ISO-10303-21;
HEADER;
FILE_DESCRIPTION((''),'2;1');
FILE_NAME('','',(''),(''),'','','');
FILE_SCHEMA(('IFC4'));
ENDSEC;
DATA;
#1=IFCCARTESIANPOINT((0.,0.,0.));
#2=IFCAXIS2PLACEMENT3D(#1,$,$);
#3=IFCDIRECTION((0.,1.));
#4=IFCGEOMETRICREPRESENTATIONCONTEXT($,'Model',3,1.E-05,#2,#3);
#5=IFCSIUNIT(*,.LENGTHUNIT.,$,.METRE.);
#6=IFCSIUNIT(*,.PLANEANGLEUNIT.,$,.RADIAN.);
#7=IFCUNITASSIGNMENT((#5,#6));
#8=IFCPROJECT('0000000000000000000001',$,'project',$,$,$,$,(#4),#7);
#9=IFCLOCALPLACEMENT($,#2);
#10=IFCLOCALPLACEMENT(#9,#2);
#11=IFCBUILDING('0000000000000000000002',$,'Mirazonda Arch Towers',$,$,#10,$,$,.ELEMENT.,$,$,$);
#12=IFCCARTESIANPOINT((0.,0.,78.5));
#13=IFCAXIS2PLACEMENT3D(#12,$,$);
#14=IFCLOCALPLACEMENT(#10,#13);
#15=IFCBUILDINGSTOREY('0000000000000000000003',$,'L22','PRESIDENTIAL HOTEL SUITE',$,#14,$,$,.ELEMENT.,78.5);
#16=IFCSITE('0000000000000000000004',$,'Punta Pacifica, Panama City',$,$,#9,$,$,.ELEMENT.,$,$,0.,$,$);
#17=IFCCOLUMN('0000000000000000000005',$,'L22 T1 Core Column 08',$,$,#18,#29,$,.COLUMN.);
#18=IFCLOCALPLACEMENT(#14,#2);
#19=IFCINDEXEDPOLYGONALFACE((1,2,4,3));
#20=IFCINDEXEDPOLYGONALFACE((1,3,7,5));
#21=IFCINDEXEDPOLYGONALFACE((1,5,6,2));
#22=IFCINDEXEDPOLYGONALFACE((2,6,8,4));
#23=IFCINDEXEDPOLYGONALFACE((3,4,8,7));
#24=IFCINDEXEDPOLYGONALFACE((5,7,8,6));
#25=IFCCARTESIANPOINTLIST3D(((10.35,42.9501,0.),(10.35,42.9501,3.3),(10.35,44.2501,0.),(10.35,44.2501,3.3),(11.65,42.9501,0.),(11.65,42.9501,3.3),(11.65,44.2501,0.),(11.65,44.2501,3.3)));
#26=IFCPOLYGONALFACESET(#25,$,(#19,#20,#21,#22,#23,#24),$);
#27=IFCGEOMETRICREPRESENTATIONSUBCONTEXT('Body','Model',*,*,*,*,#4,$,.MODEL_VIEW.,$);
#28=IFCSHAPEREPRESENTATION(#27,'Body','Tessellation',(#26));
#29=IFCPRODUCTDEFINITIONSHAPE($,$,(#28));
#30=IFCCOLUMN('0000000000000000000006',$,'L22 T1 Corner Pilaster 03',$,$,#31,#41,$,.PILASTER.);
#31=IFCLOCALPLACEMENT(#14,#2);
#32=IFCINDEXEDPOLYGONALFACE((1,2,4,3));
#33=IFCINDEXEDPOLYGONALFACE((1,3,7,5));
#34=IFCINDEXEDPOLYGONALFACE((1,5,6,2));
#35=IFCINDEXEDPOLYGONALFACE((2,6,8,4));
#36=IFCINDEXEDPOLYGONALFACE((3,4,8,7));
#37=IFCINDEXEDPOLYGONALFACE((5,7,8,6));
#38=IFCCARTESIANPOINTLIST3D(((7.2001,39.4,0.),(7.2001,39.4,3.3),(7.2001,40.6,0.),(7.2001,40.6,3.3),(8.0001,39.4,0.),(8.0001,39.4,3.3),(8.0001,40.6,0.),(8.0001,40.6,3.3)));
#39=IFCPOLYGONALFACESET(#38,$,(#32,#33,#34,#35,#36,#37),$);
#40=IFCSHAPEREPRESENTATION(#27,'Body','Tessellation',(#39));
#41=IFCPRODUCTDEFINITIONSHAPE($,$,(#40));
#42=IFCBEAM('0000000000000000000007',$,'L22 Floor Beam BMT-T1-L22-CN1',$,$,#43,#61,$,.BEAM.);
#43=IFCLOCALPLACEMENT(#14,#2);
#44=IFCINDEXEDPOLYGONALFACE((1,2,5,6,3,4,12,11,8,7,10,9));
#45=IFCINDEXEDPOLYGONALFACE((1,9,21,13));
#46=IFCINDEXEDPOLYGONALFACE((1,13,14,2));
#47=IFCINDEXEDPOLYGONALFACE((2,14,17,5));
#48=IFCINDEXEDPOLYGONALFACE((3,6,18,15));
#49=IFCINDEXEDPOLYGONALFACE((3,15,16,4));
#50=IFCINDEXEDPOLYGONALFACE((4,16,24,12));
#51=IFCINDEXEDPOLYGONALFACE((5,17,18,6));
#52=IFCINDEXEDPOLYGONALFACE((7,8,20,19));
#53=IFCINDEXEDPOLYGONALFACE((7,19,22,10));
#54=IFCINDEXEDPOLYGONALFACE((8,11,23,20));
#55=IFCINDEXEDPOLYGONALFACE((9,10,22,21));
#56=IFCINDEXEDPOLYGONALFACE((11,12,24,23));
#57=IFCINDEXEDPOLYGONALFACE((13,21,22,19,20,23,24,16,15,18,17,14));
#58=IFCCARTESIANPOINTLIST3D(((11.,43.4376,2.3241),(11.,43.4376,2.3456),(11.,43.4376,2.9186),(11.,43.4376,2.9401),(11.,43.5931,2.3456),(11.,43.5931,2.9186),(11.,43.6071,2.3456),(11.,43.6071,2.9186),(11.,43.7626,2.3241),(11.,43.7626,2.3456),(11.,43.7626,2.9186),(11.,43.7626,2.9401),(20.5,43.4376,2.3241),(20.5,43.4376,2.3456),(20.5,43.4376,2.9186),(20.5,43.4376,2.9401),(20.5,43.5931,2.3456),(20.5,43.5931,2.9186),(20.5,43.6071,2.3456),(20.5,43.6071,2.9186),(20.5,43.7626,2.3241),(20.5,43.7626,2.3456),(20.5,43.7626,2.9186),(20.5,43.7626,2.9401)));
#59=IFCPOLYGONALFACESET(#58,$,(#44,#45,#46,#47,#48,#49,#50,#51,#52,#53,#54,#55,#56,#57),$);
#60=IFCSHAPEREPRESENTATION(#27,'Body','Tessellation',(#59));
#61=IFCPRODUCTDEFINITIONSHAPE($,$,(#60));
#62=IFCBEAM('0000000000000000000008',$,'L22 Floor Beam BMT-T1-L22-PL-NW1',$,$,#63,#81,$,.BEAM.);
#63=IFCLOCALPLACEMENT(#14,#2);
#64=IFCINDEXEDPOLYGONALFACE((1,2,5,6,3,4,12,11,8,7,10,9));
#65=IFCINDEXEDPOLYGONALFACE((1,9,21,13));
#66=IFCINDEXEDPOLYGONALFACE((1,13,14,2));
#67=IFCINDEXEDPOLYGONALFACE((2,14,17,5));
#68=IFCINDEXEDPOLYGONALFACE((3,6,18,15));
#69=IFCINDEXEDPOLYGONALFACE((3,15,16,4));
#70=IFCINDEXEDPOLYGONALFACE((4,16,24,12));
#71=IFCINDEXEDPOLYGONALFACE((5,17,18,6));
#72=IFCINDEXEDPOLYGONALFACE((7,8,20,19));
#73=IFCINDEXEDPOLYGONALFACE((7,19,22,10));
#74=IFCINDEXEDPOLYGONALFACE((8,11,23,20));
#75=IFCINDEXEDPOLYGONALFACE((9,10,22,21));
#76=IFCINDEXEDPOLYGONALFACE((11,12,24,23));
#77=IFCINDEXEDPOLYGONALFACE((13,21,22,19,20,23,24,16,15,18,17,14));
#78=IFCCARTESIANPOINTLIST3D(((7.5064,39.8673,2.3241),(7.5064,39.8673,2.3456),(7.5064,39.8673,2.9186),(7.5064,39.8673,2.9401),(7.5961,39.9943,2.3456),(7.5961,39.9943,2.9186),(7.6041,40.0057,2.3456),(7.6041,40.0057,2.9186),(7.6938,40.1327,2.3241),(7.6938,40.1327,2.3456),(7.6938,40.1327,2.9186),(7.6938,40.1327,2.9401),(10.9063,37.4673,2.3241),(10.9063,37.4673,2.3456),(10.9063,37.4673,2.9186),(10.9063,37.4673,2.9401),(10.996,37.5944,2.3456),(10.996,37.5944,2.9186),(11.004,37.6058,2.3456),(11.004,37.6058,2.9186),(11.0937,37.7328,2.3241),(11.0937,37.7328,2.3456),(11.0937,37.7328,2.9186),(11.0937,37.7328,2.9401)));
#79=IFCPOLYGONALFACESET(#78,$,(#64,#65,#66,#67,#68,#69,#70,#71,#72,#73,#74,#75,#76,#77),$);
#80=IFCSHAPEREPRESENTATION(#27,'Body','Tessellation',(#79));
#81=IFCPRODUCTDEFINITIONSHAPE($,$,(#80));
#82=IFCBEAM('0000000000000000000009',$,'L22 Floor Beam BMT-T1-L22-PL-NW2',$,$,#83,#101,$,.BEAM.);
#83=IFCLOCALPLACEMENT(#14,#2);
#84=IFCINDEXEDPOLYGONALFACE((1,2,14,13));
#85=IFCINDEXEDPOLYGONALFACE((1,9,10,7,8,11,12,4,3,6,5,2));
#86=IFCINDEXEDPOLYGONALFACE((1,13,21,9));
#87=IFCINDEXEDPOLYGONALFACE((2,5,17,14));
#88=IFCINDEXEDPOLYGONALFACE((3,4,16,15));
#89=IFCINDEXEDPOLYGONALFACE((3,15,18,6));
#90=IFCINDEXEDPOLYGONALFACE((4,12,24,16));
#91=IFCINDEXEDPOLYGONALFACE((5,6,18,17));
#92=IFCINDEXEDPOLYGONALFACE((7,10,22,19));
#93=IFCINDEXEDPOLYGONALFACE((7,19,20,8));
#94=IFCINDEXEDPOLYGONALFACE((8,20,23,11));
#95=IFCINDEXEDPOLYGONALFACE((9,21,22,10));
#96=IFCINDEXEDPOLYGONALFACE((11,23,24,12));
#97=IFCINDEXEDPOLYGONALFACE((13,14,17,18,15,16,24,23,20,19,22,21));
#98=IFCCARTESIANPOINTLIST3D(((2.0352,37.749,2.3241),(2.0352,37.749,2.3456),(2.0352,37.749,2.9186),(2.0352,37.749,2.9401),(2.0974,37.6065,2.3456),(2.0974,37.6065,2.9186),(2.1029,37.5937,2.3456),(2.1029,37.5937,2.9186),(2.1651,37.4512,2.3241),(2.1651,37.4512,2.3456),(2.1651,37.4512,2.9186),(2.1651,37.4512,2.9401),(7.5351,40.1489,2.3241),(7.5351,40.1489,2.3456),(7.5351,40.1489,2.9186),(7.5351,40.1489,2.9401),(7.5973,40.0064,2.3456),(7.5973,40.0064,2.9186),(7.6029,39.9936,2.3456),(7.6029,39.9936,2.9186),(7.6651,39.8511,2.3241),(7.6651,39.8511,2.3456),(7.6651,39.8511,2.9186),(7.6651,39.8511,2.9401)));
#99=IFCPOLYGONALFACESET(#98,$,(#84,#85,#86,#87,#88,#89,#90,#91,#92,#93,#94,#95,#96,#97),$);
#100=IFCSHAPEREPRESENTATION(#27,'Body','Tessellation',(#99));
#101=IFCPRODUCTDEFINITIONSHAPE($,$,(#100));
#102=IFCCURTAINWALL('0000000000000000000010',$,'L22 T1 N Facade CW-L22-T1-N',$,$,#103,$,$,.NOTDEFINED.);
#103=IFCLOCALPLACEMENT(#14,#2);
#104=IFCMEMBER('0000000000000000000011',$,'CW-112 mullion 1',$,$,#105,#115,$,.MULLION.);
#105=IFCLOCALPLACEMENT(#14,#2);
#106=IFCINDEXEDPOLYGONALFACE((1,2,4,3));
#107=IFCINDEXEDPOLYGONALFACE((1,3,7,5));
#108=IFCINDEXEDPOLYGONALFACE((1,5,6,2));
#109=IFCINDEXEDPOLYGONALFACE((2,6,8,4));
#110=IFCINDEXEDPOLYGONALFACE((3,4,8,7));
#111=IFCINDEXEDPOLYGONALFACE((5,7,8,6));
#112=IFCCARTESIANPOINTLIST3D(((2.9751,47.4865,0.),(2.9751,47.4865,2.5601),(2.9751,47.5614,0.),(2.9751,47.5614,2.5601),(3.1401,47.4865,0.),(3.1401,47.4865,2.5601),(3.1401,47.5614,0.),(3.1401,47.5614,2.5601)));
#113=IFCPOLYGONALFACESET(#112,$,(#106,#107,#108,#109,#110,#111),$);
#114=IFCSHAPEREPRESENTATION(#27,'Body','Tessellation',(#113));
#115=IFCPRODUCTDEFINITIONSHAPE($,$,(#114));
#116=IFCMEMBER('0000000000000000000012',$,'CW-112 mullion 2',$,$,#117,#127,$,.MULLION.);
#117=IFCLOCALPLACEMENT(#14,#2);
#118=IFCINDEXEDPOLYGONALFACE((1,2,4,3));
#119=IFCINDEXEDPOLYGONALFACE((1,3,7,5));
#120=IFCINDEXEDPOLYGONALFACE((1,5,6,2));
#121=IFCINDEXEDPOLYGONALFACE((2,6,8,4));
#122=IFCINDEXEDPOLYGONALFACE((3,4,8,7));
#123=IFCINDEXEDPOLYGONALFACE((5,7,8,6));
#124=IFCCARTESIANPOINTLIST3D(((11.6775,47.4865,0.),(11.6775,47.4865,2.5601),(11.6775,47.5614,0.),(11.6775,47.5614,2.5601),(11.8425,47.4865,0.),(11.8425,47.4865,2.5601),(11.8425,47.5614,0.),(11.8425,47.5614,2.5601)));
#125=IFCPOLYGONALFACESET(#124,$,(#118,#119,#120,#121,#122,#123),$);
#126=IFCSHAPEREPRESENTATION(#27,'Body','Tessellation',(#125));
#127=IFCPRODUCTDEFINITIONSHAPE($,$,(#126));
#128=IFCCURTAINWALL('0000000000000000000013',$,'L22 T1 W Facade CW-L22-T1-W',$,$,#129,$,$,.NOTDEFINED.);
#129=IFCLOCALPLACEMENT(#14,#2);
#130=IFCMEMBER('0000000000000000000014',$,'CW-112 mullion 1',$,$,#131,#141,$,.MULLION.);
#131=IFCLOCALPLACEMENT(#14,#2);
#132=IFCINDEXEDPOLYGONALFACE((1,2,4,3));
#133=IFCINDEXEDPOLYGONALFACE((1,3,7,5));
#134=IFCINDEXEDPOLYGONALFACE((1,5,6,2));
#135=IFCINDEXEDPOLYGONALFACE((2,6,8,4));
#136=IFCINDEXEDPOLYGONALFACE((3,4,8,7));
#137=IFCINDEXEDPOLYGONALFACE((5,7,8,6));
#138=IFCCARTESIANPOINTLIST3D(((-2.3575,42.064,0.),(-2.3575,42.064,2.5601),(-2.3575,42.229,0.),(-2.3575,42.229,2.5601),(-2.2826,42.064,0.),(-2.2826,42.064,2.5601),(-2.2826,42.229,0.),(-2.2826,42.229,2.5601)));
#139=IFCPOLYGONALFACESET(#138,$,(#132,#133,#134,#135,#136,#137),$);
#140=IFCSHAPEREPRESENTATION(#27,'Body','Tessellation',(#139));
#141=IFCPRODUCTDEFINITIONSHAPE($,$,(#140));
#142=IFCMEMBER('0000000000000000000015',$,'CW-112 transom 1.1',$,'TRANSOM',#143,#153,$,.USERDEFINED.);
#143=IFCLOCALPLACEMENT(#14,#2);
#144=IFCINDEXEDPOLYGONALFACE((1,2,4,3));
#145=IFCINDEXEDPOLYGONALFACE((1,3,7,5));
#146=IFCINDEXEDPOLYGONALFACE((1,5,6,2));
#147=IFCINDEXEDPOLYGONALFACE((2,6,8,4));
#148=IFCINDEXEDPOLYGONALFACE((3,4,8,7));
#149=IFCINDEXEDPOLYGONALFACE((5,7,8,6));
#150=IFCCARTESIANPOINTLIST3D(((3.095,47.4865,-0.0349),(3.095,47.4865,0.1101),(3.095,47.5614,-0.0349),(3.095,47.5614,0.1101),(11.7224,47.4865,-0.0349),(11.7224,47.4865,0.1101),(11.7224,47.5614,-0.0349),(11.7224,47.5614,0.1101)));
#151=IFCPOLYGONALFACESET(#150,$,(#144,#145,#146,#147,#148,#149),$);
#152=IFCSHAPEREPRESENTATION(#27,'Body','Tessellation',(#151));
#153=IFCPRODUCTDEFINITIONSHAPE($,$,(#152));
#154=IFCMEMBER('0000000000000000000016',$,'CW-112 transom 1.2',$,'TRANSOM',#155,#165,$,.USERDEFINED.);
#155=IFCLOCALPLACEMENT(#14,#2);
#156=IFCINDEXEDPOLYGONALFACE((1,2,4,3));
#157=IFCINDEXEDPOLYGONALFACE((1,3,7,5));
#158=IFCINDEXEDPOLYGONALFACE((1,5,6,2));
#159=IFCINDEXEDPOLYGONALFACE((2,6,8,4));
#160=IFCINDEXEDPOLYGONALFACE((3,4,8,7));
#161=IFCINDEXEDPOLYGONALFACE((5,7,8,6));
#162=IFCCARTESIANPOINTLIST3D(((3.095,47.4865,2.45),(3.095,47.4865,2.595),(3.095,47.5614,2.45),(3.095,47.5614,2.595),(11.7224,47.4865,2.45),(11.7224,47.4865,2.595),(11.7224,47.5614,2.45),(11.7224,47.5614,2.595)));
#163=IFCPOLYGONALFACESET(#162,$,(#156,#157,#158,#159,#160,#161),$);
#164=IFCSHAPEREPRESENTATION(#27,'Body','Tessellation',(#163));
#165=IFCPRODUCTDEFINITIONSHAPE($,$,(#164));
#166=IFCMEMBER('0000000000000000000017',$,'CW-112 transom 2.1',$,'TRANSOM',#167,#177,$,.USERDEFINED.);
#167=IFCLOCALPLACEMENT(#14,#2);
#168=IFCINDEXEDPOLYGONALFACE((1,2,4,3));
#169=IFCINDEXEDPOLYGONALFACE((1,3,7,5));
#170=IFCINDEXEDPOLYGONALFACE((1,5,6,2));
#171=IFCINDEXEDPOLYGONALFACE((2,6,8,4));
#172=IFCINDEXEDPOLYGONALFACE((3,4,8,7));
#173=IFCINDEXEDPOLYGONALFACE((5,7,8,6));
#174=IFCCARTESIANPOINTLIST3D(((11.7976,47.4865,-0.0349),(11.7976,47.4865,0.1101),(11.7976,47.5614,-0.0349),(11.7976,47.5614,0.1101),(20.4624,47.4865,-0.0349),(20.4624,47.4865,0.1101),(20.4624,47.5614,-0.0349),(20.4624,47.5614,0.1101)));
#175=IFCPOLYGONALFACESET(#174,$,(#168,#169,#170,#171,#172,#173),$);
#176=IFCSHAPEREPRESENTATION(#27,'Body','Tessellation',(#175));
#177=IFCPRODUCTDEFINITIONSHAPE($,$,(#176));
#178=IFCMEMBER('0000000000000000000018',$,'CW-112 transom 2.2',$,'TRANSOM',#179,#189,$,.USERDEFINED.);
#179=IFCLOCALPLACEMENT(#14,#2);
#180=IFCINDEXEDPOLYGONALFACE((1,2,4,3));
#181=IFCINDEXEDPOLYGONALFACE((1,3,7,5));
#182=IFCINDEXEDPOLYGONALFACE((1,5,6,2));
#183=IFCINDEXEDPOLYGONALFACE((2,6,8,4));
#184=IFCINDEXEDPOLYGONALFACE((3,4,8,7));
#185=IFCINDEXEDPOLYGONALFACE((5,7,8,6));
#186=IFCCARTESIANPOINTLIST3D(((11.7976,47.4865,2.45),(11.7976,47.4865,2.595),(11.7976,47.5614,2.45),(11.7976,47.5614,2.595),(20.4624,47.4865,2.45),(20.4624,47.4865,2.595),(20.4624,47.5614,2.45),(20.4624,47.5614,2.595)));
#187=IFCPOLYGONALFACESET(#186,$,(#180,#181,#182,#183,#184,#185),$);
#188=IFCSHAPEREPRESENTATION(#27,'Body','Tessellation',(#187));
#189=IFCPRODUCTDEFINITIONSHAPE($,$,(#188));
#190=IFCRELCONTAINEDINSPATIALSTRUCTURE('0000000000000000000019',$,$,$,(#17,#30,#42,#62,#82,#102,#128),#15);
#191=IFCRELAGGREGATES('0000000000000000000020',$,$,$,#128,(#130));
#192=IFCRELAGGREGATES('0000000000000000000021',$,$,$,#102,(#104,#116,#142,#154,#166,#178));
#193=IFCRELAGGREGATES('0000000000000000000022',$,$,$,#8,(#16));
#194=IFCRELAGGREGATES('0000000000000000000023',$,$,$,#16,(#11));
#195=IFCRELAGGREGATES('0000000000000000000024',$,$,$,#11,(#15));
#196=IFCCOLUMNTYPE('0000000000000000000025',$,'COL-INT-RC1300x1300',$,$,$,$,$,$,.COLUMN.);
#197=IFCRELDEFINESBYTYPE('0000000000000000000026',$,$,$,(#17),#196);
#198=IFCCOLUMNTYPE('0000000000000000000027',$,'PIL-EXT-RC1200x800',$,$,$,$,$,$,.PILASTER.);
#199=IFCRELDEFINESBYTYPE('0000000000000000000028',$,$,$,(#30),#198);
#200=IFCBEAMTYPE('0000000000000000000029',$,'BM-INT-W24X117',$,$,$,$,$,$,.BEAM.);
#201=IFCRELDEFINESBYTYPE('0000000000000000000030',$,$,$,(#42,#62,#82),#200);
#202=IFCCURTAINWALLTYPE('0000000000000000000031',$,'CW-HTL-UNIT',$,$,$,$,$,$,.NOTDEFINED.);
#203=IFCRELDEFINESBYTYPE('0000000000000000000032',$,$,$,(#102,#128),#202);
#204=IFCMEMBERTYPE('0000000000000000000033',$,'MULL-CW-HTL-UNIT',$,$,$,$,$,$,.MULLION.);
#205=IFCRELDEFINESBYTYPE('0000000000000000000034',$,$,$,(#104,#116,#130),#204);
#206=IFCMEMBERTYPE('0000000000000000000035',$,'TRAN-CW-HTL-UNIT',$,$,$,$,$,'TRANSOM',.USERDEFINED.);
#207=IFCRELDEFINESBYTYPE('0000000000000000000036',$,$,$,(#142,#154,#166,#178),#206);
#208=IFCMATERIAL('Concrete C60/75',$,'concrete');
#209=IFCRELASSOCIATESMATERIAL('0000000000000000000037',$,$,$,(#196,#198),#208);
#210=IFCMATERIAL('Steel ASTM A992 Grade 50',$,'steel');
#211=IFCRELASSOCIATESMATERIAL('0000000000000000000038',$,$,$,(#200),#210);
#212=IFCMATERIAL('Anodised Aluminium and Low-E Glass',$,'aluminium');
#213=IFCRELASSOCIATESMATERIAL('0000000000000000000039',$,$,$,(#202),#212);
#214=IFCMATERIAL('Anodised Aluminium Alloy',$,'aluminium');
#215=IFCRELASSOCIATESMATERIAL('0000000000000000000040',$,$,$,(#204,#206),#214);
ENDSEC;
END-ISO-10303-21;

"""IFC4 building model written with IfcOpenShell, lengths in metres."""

from ifc_helpers import new_model, si_unit, direction, frame, origin, origin_2d, place, context, subcontext, project, spatial, rectangle, i_section, extrude, material, material_profile, profile_set, type_object, element, aggregate, save


model = new_model("IFC4")

# Units and contexts
model_context = context("Model", 3, precision=1e-05, world=origin(), true_north=direction((0.0, 1.0)))
body_context = subcontext(model_context, "Body", "Model", "MODEL_VIEW")
ifc_project = project(units=[si_unit("LENGTHUNIT", "METRE"), si_unit("PLANEANGLEUNIT", "RADIAN")], contexts=[model_context])

# Site, building, storey
site_placement = place(None, origin())
site = spatial("IfcSite", under=ifc_project, at=site_placement, Name="Punta Pacifica, Panama City", CompositionType="ELEMENT", RefElevation=0.0)
building_placement = place(site_placement, origin())
building = spatial("IfcBuilding", under=site, at=building_placement, Name="Mirazonda Arch Towers", CompositionType="ELEMENT")
storey_placement = place(building_placement, frame((0.0, 0.0, 78.5)))
storey = spatial("IfcBuildingStorey", under=building, at=storey_placement, Name="L22", Description="PRESIDENTIAL HOTEL SUITE", CompositionType="ELEMENT", Elevation=78.5)

# Columns
ifc_material_1 = material(Name="Concrete C60/75", Category="concrete")
ifc_material_profile_1 = material_profile(ifc_material_1, rectangle(XDim=1.3, YDim=1.3, at=origin_2d()), Name="RC1300x1300")
ifc_profile_set_1 = profile_set([ifc_material_profile_1], Name="Concrete C60/75")
column_type_1 = type_object("IfcColumnType", Name="COL-INT-RC1300x1300", PredefinedType="COLUMN", material=ifc_profile_set_1)
column_1_placement = place(storey_placement, frame((11.0, 43.6001, 0.0), z_axis=(0.0, 0.0, 1.0), x_axis=(1.0, 0.0, 0.0)))
element("IfcColumn", 1, at=column_1_placement, inside=storey, type_object=column_type_1, Name="L22 T1 Core Column 08", PredefinedType="COLUMN", context=body_context, shape_type="SweptSolid", body=[
    extrude(rectangle(XDim=1.3, YDim=1.3, at=origin_2d()), origin(), (0.0, 0.0, 1.0), 3.3),
])
ifc_material_profile_2 = material_profile(ifc_material_1, rectangle(XDim=0.8, YDim=1.2, at=origin_2d()), Name="RC1200x800")
ifc_profile_set_2 = profile_set([ifc_material_profile_2], Name="Concrete C60/75")
column_type_2 = type_object("IfcColumnType", Name="PIL-EXT-RC1200x800", PredefinedType="PILASTER", material=ifc_profile_set_2)
column_2_placement = place(storey_placement, frame((7.6001, 40.0, 0.0), z_axis=(0.0, 0.0, 1.0), x_axis=(1.0, 0.0, 0.0)))
element("IfcColumn", 2, at=column_2_placement, inside=storey, type_object=column_type_2, Name="L22 T1 Corner Pilaster 03", PredefinedType="PILASTER", context=body_context, shape_type="SweptSolid", body=[
    extrude(rectangle(XDim=0.8, YDim=1.2, at=origin_2d()), origin(), (0.0, 0.0, 1.0), 3.3),
])

# Beams
ifc_material_2 = material(Name="Steel ASTM A992 Grade 50", Category="steel")
ifc_material_profile_3 = material_profile(ifc_material_2, i_section(OverallWidth=0.325, OverallDepth=0.616, WebThickness=0.0139, FlangeThickness=0.0215, at=origin_2d()), Name="W24X117")
ifc_profile_set_3 = profile_set([ifc_material_profile_3], Name="Steel ASTM A992 Grade 50")
beam_type = type_object("IfcBeamType", Name="BM-INT-W24X117", PredefinedType="BEAM", material=ifc_profile_set_3)
beam_1_placement = place(storey_placement, frame((11.0, 43.6001, 2.6321), z_axis=(1.0, 0.0, 0.0), x_axis=(0.0, 1.0, 0.0)))
element("IfcBeam", 3, at=beam_1_placement, inside=storey, type_object=beam_type, Name="L22 Floor Beam BMT-T1-L22-CN1", PredefinedType="BEAM", context=body_context, shape_type="SweptSolid", body=[
    extrude(i_section(OverallWidth=0.325, OverallDepth=0.616, WebThickness=0.0139, FlangeThickness=0.0215, at=origin_2d()), origin(), (0.0, 0.0, 1.0), 9.5),
])
beam_2_placement = place(storey_placement, frame((7.6001, 40.0, 2.6321), z_axis=(0.816971, -0.576679, 0.0), x_axis=(0.576679, 0.816971, 0.0)))
element("IfcBeam", 4, at=beam_2_placement, inside=storey, type_object=beam_type, Name="L22 Floor Beam BMT-T1-L22-PL-NW1", PredefinedType="BEAM", context=body_context, shape_type="SweptSolid", body=[
    extrude(i_section(OverallWidth=0.325, OverallDepth=0.616, WebThickness=0.0139, FlangeThickness=0.0215, at=origin_2d()), origin(), (0.0, 0.0, 1.0), 4.1616),
])
beam_3_placement = place(storey_placement, frame((7.6001, 40.0, 2.6321), z_axis=(-0.916545, -0.399931, 0.0), x_axis=(0.399931, -0.916545, 0.0)))
element("IfcBeam", 5, at=beam_3_placement, inside=storey, type_object=beam_type, Name="L22 Floor Beam BMT-T1-L22-PL-NW2", PredefinedType="BEAM", context=body_context, shape_type="SweptSolid", body=[
    extrude(i_section(OverallWidth=0.325, OverallDepth=0.616, WebThickness=0.0139, FlangeThickness=0.0215, at=origin_2d()), origin(), (0.0, 0.0, 1.0), 6.0007),
])

# Curtain wall, members
ifc_material_3 = material(Name="Anodised Aluminium and Low-E Glass", Category="aluminium")
curtain_wall_type = type_object("IfcCurtainWallType", Name="CW-HTL-UNIT", PredefinedType="NOTDEFINED", material=ifc_material_3)
curtain_wall_1_placement = place(storey_placement, origin())
curtain_wall_1 = element("IfcCurtainWall", 6, at=curtain_wall_1_placement, inside=storey, type_object=curtain_wall_type, Name="L22 T1 N Facade CW-L22-T1-N", PredefinedType="NOTDEFINED")
ifc_material_4 = material(Name="Anodised Aluminium Alloy", Category="aluminium")
ifc_material_profile_4 = material_profile(ifc_material_4, rectangle(XDim=0.075, YDim=0.165, at=origin_2d()), Name="ALU-MULL-75x165")
ifc_profile_set_4 = profile_set([ifc_material_profile_4], Name="Anodised Aluminium Alloy")
member_type_1 = type_object("IfcMemberType", Name="MULL-CW-HTL-UNIT", PredefinedType="MULLION", material=ifc_profile_set_4)
member_1_placement = place(storey_placement, frame((3.0576, 47.5239, 0.0), z_axis=(0.0, 0.0, 1.0), x_axis=(0.0, 1.0, 0.0)))
member_1 = element("IfcMember", 7, at=member_1_placement, type_object=member_type_1, Name="CW-112 mullion 1", PredefinedType="MULLION", context=body_context, shape_type="SweptSolid", body=[
    extrude(rectangle(XDim=0.075, YDim=0.165, at=origin_2d()), origin(), (0.0, 0.0, 1.0), 2.5601),
])
member_2_placement = place(storey_placement, frame((11.76, 47.5239, 0.0), z_axis=(0.0, 0.0, 1.0), x_axis=(0.0, 1.0, 0.0)))
member_2 = element("IfcMember", 8, at=member_2_placement, type_object=member_type_1, Name="CW-112 mullion 2", PredefinedType="MULLION", context=body_context, shape_type="SweptSolid", body=[
    extrude(rectangle(XDim=0.075, YDim=0.165, at=origin_2d()), origin(), (0.0, 0.0, 1.0), 2.5601),
])

# Curtain wall, member
curtain_wall_2_placement = place(storey_placement, origin())
curtain_wall_2 = element("IfcCurtainWall", 9, at=curtain_wall_2_placement, inside=storey, type_object=curtain_wall_type, Name="L22 T1 W Facade CW-L22-T1-W", PredefinedType="NOTDEFINED")
member_3_placement = place(storey_placement, frame((-2.3201, 42.1465, 0.0), z_axis=(0.0, 0.0, 1.0), x_axis=(1.0, 0.0, 0.0)))
member_3 = element("IfcMember", 10, at=member_3_placement, type_object=member_type_1, Name="CW-112 mullion 1", PredefinedType="MULLION", context=body_context, shape_type="SweptSolid", body=[
    extrude(rectangle(XDim=0.075, YDim=0.165, at=origin_2d()), origin(), (0.0, 0.0, 1.0), 2.5601),
])

# Members
ifc_material_profile_5 = material_profile(ifc_material_4, rectangle(XDim=0.075, YDim=0.145, at=origin_2d()), Name="ALU-TRAN-75x145")
ifc_profile_set_5 = profile_set([ifc_material_profile_5], Name="Anodised Aluminium Alloy")
member_type_2 = type_object("IfcMemberType", Name="TRAN-CW-HTL-UNIT", ElementType="TRANSOM", PredefinedType="USERDEFINED", material=ifc_profile_set_5)
member_4_placement = place(storey_placement, frame((3.095, 47.5239, 0.0376), z_axis=(1.0, 0.0, 0.0), x_axis=(0.0, 1.0, 0.0)))
member_4 = element("IfcMember", 11, at=member_4_placement, type_object=member_type_2, Name="CW-112 transom 1.1", ObjectType="TRANSOM", PredefinedType="USERDEFINED", context=body_context, shape_type="SweptSolid", body=[
    extrude(rectangle(XDim=0.075, YDim=0.145, at=origin_2d()), origin(), (0.0, 0.0, 1.0), 8.6274),
])
member_5_placement = place(storey_placement, frame((3.095, 47.5239, 2.5225), z_axis=(1.0, 0.0, 0.0), x_axis=(0.0, 1.0, 0.0)))
member_5 = element("IfcMember", 12, at=member_5_placement, type_object=member_type_2, Name="CW-112 transom 1.2", ObjectType="TRANSOM", PredefinedType="USERDEFINED", context=body_context, shape_type="SweptSolid", body=[
    extrude(rectangle(XDim=0.075, YDim=0.145, at=origin_2d()), origin(), (0.0, 0.0, 1.0), 8.6274),
])
member_6_placement = place(storey_placement, frame((11.7976, 47.5239, 0.0376), z_axis=(1.0, 0.0, 0.0), x_axis=(0.0, 1.0, 0.0)))
member_6 = element("IfcMember", 13, at=member_6_placement, type_object=member_type_2, Name="CW-112 transom 2.1", ObjectType="TRANSOM", PredefinedType="USERDEFINED", context=body_context, shape_type="SweptSolid", body=[
    extrude(rectangle(XDim=0.075, YDim=0.145, at=origin_2d()), origin(), (0.0, 0.0, 1.0), 8.6648),
])
member_7_placement = place(storey_placement, frame((11.7976, 47.5239, 2.5225), z_axis=(1.0, 0.0, 0.0), x_axis=(0.0, 1.0, 0.0)))
member_7 = element("IfcMember", 14, at=member_7_placement, type_object=member_type_2, Name="CW-112 transom 2.2", ObjectType="TRANSOM", PredefinedType="USERDEFINED", context=body_context, shape_type="SweptSolid", body=[
    extrude(rectangle(XDim=0.075, YDim=0.145, at=origin_2d()), origin(), (0.0, 0.0, 1.0), 8.6648),
])
aggregate(curtain_wall_2, [member_3])

aggregate(curtain_wall_1, [member_1, member_2, member_4, member_5, member_6, member_7])

save(model, "model.ifc")
